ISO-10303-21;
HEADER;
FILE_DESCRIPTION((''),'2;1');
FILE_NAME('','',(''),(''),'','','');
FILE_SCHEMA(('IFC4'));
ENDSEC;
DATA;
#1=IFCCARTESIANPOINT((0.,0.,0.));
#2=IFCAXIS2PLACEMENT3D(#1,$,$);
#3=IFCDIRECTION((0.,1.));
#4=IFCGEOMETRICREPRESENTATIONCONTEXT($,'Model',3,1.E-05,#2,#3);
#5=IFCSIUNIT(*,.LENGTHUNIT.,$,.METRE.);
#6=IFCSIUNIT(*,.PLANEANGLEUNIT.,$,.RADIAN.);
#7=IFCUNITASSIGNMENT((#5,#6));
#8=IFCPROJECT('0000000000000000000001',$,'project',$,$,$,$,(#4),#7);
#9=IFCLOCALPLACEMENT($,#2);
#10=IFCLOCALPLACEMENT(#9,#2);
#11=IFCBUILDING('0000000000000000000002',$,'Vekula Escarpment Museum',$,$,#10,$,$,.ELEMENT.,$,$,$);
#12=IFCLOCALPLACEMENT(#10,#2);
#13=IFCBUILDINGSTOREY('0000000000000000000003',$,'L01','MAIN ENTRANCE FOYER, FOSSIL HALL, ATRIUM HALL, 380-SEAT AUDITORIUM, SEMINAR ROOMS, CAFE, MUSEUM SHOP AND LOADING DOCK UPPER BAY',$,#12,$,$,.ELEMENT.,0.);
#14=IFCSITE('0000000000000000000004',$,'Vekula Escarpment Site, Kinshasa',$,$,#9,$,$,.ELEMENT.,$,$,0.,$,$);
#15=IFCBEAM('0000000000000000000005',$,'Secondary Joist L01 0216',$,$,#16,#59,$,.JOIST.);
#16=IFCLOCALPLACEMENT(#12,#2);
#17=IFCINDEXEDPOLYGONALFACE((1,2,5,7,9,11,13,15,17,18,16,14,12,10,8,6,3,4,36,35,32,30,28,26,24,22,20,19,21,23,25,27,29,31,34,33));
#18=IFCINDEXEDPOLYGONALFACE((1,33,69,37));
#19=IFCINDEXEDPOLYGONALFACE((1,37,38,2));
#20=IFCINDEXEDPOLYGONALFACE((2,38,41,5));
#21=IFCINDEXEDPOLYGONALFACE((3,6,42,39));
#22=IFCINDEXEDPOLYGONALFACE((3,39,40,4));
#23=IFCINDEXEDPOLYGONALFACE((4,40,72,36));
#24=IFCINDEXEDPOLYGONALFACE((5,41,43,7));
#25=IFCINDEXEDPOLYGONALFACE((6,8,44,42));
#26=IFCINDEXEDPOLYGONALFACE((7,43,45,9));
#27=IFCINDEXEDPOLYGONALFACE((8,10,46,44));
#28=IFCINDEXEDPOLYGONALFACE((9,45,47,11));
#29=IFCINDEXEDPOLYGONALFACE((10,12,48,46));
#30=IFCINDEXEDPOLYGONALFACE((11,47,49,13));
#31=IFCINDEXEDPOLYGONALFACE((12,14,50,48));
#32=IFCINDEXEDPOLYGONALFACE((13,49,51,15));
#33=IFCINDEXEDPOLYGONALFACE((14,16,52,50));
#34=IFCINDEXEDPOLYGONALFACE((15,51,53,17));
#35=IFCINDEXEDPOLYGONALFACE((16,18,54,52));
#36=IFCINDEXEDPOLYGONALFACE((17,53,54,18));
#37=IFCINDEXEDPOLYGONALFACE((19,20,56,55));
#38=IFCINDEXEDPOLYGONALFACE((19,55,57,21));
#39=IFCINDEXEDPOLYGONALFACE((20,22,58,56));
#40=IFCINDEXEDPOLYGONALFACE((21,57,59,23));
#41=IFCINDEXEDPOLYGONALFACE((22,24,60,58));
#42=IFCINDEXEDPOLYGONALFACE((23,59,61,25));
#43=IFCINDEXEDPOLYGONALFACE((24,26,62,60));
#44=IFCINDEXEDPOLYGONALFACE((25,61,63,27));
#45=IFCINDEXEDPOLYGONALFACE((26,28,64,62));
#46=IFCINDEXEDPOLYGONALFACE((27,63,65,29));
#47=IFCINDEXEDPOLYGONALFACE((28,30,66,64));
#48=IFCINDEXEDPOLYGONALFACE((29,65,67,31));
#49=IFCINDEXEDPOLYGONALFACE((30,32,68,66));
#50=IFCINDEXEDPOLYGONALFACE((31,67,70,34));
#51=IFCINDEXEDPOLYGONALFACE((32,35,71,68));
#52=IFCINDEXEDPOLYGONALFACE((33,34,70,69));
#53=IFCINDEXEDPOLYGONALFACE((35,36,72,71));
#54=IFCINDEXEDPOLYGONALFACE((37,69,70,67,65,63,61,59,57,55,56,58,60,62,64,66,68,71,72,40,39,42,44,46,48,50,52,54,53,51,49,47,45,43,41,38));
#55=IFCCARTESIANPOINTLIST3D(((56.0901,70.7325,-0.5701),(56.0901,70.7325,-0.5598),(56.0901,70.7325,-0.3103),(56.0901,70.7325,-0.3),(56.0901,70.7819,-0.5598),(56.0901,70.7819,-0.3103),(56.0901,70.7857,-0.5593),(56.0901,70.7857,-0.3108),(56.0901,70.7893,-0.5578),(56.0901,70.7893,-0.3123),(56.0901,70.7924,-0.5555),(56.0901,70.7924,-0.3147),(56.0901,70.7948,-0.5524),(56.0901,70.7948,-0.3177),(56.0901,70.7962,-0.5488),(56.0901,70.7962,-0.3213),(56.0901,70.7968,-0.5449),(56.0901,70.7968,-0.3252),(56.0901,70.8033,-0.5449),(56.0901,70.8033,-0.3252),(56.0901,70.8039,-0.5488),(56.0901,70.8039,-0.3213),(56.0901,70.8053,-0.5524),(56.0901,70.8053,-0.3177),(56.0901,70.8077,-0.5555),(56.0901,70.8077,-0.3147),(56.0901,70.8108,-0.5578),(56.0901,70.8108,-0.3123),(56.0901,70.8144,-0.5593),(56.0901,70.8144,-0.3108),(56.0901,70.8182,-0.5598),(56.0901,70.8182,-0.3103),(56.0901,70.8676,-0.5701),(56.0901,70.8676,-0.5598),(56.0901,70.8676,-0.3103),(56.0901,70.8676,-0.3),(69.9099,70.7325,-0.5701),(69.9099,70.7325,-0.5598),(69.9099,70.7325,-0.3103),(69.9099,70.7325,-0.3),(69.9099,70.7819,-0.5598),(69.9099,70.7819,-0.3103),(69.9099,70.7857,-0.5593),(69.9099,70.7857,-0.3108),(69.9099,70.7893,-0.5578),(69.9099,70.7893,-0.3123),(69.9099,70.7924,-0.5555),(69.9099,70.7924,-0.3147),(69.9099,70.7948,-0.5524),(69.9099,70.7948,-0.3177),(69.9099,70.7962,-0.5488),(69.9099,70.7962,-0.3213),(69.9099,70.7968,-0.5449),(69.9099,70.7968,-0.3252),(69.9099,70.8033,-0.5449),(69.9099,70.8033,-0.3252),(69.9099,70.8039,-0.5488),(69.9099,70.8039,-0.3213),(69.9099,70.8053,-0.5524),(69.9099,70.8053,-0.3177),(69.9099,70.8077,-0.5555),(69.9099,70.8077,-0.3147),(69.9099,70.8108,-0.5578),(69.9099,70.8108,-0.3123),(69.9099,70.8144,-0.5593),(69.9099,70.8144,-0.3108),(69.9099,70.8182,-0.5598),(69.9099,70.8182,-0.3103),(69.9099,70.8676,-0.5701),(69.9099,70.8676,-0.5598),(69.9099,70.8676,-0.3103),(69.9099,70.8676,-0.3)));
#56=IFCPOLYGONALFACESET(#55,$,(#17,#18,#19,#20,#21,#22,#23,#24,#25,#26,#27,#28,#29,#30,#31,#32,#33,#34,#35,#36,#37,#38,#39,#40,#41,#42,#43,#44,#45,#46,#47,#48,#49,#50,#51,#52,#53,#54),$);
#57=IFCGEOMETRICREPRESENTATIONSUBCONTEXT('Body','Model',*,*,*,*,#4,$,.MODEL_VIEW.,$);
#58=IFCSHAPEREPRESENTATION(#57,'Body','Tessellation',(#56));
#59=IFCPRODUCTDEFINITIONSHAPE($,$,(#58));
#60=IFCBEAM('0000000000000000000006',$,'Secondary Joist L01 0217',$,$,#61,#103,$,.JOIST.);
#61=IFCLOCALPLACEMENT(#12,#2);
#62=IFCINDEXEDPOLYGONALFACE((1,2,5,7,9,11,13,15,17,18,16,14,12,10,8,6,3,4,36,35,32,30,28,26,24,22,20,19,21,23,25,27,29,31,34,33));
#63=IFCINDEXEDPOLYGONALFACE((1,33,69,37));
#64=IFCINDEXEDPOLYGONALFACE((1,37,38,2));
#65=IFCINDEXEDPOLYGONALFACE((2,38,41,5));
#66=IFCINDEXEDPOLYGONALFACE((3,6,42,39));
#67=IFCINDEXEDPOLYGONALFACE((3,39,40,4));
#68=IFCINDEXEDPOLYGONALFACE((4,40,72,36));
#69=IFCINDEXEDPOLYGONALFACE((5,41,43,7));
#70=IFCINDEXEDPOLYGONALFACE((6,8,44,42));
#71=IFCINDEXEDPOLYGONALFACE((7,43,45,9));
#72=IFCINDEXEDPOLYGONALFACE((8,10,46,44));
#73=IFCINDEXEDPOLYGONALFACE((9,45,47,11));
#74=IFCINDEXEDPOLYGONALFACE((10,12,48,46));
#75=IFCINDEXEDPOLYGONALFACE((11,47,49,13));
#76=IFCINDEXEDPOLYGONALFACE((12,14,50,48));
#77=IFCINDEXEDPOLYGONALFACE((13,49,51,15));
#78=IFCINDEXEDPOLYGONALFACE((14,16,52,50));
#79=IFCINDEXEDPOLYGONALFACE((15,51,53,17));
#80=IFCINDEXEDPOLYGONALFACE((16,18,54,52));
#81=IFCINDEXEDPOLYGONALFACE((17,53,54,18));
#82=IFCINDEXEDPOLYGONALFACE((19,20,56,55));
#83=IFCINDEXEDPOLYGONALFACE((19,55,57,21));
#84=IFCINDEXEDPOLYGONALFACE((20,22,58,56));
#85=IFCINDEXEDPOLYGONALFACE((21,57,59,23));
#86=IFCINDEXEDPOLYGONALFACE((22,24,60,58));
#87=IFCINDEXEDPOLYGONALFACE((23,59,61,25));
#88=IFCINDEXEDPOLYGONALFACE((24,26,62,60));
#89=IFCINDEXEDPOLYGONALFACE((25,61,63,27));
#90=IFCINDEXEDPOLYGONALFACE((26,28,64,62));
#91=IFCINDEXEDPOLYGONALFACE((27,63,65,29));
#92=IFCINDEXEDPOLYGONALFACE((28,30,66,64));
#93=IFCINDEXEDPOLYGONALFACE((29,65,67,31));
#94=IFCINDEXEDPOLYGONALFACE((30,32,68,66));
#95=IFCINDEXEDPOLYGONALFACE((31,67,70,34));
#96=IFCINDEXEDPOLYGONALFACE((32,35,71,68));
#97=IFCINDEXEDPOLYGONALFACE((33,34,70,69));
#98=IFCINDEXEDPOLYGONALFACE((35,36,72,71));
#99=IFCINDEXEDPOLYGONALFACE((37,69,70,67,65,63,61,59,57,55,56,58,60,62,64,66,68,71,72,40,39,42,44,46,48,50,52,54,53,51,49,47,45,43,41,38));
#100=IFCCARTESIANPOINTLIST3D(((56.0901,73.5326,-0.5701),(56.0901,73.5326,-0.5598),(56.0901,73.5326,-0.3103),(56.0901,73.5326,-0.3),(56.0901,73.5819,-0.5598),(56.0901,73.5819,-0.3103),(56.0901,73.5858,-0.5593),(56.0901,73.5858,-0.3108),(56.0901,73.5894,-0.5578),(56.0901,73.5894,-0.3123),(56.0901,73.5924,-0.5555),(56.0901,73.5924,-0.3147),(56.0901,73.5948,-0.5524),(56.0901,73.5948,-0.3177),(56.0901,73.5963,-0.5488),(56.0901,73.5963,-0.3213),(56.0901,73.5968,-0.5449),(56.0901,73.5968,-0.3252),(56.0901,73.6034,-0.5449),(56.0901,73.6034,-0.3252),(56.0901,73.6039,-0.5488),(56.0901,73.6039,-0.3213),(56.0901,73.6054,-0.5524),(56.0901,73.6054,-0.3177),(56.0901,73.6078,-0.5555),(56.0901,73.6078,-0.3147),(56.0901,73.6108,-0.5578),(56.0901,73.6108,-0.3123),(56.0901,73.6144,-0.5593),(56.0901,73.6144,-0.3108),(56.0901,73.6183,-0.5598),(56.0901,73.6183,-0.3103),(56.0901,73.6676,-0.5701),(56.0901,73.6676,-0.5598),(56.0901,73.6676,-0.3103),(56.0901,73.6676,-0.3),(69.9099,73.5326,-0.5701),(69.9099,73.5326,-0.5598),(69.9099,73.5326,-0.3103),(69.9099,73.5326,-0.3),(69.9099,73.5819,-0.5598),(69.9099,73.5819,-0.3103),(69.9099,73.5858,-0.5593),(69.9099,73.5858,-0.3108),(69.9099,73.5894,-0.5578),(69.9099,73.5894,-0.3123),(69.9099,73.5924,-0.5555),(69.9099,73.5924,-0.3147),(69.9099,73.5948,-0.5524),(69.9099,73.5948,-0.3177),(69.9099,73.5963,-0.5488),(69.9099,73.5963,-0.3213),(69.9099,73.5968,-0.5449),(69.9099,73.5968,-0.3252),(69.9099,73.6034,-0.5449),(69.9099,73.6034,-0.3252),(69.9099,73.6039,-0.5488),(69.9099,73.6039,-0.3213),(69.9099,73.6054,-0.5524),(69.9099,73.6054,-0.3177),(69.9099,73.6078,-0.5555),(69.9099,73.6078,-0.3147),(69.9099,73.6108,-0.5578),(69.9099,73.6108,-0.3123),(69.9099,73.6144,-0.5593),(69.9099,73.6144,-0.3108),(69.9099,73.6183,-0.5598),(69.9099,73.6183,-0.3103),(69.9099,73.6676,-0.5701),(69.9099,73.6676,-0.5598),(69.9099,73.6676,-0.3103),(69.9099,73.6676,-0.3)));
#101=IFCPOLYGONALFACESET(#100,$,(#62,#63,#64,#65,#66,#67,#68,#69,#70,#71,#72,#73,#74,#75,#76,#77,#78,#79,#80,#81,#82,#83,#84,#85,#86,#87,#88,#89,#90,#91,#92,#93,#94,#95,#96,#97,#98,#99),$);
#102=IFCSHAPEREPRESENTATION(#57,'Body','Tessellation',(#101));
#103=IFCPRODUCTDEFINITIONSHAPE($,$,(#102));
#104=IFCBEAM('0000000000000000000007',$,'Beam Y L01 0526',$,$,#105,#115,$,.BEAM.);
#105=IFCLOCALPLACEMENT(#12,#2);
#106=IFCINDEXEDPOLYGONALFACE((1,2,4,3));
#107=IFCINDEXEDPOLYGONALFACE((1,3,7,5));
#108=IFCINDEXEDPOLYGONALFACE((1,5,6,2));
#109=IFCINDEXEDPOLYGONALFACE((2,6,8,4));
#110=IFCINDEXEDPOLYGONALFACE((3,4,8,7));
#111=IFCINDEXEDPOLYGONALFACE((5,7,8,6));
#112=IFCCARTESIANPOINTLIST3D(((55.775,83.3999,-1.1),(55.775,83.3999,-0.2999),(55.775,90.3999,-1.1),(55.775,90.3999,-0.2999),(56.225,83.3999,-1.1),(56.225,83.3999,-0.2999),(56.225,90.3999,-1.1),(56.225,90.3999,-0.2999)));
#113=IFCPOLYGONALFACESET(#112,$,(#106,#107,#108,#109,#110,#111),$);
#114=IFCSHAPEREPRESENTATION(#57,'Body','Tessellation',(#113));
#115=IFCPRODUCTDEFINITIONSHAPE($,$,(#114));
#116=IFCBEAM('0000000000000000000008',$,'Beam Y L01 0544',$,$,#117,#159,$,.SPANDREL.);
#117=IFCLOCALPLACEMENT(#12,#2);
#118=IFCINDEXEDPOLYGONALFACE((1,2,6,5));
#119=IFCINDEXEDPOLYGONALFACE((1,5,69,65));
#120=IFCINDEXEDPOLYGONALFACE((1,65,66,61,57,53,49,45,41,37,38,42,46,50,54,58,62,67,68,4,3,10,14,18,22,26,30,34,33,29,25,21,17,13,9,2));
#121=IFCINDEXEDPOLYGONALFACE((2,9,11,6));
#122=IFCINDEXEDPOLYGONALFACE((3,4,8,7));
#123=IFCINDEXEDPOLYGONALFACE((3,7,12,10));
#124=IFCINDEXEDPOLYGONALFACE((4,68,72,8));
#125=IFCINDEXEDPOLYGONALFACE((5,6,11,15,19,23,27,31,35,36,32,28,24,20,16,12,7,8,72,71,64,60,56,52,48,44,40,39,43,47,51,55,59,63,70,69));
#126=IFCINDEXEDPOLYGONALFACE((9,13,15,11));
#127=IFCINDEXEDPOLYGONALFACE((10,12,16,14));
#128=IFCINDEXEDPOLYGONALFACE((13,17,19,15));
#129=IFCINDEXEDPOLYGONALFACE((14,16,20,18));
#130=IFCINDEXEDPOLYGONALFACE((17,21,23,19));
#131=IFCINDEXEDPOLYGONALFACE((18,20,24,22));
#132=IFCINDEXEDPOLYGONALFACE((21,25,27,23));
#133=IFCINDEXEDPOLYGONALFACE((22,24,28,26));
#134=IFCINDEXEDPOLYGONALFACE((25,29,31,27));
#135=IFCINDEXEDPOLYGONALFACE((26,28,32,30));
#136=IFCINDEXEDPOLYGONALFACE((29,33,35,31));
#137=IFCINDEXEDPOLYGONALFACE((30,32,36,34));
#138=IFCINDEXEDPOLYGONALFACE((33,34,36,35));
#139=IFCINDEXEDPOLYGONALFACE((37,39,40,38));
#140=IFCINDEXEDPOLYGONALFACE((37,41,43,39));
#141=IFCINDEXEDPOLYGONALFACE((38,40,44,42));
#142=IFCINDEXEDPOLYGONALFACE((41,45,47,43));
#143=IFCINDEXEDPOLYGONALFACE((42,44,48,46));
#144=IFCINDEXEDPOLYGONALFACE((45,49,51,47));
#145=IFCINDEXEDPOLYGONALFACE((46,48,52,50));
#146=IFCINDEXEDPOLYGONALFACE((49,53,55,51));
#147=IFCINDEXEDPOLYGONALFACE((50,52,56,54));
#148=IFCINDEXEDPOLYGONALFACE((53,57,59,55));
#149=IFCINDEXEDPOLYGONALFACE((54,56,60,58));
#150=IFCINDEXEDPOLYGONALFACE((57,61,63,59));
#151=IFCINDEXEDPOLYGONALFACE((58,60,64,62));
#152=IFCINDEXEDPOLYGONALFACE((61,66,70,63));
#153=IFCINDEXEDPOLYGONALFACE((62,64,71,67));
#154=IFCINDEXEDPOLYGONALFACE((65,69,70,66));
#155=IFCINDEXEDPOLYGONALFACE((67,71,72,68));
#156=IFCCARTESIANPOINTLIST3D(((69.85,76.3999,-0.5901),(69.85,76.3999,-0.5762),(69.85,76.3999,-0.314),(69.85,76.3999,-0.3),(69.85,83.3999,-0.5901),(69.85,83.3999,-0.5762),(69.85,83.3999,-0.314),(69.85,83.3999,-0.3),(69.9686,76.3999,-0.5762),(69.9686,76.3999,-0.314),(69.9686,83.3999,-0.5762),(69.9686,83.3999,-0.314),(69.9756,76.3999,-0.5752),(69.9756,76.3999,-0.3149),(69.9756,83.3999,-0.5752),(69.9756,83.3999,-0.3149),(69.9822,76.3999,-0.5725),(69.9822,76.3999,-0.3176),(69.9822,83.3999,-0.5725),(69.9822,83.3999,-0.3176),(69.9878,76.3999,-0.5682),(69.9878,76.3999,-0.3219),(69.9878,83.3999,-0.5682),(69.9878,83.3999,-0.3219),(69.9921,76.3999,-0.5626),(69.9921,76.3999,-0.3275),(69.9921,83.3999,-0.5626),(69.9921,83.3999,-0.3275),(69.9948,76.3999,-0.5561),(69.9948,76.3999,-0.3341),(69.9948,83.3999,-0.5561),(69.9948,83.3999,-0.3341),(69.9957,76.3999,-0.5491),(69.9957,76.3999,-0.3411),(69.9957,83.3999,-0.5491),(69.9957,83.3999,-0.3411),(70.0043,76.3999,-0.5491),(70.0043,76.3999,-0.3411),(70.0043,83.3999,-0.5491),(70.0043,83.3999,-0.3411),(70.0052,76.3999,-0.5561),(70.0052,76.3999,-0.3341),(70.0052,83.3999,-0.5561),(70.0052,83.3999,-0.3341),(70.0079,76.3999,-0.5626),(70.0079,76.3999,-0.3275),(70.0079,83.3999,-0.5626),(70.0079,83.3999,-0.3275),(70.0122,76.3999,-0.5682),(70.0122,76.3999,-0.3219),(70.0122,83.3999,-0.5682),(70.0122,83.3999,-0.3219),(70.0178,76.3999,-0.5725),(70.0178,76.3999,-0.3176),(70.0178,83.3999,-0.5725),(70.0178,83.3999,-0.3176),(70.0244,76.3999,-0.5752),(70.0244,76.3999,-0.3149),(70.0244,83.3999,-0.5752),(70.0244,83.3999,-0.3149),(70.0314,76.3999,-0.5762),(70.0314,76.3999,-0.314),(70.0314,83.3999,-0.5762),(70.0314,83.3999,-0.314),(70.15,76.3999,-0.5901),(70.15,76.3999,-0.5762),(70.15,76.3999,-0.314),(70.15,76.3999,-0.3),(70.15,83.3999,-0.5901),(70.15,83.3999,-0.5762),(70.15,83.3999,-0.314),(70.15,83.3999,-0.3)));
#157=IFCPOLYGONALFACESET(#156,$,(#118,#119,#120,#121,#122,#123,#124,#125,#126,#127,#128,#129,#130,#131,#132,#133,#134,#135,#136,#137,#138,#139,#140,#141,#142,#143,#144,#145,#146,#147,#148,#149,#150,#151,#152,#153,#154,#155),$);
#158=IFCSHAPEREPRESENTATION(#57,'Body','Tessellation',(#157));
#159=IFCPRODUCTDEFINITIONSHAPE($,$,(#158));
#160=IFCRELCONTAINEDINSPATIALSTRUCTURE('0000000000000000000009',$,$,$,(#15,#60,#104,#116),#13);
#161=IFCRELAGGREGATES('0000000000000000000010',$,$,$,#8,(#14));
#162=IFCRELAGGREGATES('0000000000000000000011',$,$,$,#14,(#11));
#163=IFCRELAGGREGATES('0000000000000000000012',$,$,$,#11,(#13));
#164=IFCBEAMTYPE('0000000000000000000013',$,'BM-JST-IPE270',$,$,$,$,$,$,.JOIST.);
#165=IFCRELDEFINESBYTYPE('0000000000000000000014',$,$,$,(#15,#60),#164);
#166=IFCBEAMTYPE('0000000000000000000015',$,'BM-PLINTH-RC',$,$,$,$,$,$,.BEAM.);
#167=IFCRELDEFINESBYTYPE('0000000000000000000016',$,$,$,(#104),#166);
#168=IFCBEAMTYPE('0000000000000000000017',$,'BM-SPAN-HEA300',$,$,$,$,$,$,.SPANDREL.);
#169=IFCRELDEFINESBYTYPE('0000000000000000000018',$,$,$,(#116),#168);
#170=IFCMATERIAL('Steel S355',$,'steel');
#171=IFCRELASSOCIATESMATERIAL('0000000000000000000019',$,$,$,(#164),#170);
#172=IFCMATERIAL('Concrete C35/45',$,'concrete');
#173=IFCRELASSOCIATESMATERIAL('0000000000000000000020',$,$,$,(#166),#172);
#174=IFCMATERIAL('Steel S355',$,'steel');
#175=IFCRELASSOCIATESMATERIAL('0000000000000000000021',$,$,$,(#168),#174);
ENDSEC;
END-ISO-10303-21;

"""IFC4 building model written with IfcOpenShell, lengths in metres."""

from ifc_helpers import new_model, si_unit, direction, frame, origin, origin_2d, place, context, subcontext, project, spatial, rectangle, i_section, extrude, material, material_profile, profile_set, type_object, element, save


model = new_model("IFC4")

# Units and contexts
model_context = context("Model", 3, precision=1e-05, world=origin(), true_north=direction((0.0, 1.0)))
body_context = subcontext(model_context, "Body", "Model", "MODEL_VIEW")
ifc_project = project(units=[si_unit("LENGTHUNIT", "METRE"), si_unit("PLANEANGLEUNIT", "RADIAN")], contexts=[model_context])

# Site, building, storey
site_placement = place(None, origin())
site = spatial("IfcSite", under=ifc_project, at=site_placement, Name="Vekula Escarpment Site, Kinshasa", CompositionType="ELEMENT", RefElevation=0.0)
building_placement = place(site_placement, origin())
building = spatial("IfcBuilding", under=site, at=building_placement, Name="Vekula Escarpment Museum", CompositionType="ELEMENT")
storey_placement = place(building_placement, origin())
storey = spatial("IfcBuildingStorey", under=building, at=storey_placement, Name="L01", Description="MAIN ENTRANCE FOYER, FOSSIL HALL, ATRIUM HALL, 380-SEAT AUDITORIUM, SEMINAR ROOMS, CAFE, MUSEUM SHOP AND LOADING DOCK UPPER BAY", CompositionType="ELEMENT", Elevation=0.0)

# Beams
ifc_material_1 = material(Name="Steel S355", Category="steel")
ifc_material_profile_1 = material_profile(ifc_material_1, i_section(OverallWidth=0.135, OverallDepth=0.27, WebThickness=0.0066, FlangeThickness=0.0103, FilletRadius=0.0149, at=origin_2d()), Name="IPE 270")
ifc_profile_set_1 = profile_set([ifc_material_profile_1], Name="Steel S355")
beam_type_1 = type_object("IfcBeamType", Name="BM-JST-IPE270", PredefinedType="JOIST", material=ifc_profile_set_1)
for number, where, z_axis, x_axis, name in (
    (1, (56.0901, 70.8, -0.4351), (1.0, 0.0, 0.0), (0.0, 1.0, 0.0), "Secondary Joist L01 0216"),
    (2, (56.0901, 73.6001, -0.4351), (1.0, 0.0, 0.0), (0.0, 1.0, 0.0), "Secondary Joist L01 0217"),
):
    element("IfcBeam", number, at=place(storey_placement, frame(where, z_axis=z_axis, x_axis=x_axis)), inside=storey, type_object=beam_type_1, Name=name, PredefinedType="JOIST", context=body_context, shape_type="SweptSolid", body=[
        extrude(i_section(OverallWidth=0.135, OverallDepth=0.27, WebThickness=0.0066, FlangeThickness=0.0103, FilletRadius=0.0149, at=origin_2d()), origin(), (0.0, 0.0, 1.0), 13.8198),
    ])
ifc_material_2 = material(Name="Concrete C35/45", Category="concrete")
ifc_material_profile_2 = material_profile(ifc_material_2, rectangle(XDim=0.45, YDim=0.8, at=origin_2d()), Name="RC 450x800")
ifc_profile_set_2 = profile_set([ifc_material_profile_2], Name="Concrete C35/45")
beam_type_2 = type_object("IfcBeamType", Name="BM-PLINTH-RC", PredefinedType="BEAM", material=ifc_profile_set_2)
beam_1_placement = place(storey_placement, frame((56.0, 83.3999, -0.7), z_axis=(0.0, 1.0, 0.0), x_axis=(-1.0, 0.0, 0.0)))
element("IfcBeam", 3, at=beam_1_placement, inside=storey, type_object=beam_type_2, Name="Beam Y L01 0526", PredefinedType="BEAM", context=body_context, shape_type="SweptSolid", body=[
    extrude(rectangle(XDim=0.45, YDim=0.8, at=origin_2d()), origin(), (0.0, 0.0, 1.0), 7.0),
])
ifc_material_3 = material(Name="Steel S355", Category="steel")
ifc_material_profile_3 = material_profile(ifc_material_3, i_section(OverallWidth=0.3, OverallDepth=0.29, WebThickness=0.0085, FlangeThickness=0.0139, FilletRadius=0.0271, at=origin_2d()), Name="HEA 300")
ifc_profile_set_3 = profile_set([ifc_material_profile_3], Name="Steel S355")
beam_type_3 = type_object("IfcBeamType", Name="BM-SPAN-HEA300", PredefinedType="SPANDREL", material=ifc_profile_set_3)
beam_2_placement = place(storey_placement, frame((70.0, 76.3999, -0.4451), z_axis=(0.0, 1.0, 0.0), x_axis=(-1.0, 0.0, 0.0)))
element("IfcBeam", 4, at=beam_2_placement, inside=storey, type_object=beam_type_3, Name="Beam Y L01 0544", PredefinedType="SPANDREL", context=body_context, shape_type="SweptSolid", body=[
    extrude(i_section(OverallWidth=0.3, OverallDepth=0.29, WebThickness=0.0085, FlangeThickness=0.0139, FilletRadius=0.0271, at=origin_2d()), origin(), (0.0, 0.0, 1.0), 7.0),
])

save(model, "model.ifc")
